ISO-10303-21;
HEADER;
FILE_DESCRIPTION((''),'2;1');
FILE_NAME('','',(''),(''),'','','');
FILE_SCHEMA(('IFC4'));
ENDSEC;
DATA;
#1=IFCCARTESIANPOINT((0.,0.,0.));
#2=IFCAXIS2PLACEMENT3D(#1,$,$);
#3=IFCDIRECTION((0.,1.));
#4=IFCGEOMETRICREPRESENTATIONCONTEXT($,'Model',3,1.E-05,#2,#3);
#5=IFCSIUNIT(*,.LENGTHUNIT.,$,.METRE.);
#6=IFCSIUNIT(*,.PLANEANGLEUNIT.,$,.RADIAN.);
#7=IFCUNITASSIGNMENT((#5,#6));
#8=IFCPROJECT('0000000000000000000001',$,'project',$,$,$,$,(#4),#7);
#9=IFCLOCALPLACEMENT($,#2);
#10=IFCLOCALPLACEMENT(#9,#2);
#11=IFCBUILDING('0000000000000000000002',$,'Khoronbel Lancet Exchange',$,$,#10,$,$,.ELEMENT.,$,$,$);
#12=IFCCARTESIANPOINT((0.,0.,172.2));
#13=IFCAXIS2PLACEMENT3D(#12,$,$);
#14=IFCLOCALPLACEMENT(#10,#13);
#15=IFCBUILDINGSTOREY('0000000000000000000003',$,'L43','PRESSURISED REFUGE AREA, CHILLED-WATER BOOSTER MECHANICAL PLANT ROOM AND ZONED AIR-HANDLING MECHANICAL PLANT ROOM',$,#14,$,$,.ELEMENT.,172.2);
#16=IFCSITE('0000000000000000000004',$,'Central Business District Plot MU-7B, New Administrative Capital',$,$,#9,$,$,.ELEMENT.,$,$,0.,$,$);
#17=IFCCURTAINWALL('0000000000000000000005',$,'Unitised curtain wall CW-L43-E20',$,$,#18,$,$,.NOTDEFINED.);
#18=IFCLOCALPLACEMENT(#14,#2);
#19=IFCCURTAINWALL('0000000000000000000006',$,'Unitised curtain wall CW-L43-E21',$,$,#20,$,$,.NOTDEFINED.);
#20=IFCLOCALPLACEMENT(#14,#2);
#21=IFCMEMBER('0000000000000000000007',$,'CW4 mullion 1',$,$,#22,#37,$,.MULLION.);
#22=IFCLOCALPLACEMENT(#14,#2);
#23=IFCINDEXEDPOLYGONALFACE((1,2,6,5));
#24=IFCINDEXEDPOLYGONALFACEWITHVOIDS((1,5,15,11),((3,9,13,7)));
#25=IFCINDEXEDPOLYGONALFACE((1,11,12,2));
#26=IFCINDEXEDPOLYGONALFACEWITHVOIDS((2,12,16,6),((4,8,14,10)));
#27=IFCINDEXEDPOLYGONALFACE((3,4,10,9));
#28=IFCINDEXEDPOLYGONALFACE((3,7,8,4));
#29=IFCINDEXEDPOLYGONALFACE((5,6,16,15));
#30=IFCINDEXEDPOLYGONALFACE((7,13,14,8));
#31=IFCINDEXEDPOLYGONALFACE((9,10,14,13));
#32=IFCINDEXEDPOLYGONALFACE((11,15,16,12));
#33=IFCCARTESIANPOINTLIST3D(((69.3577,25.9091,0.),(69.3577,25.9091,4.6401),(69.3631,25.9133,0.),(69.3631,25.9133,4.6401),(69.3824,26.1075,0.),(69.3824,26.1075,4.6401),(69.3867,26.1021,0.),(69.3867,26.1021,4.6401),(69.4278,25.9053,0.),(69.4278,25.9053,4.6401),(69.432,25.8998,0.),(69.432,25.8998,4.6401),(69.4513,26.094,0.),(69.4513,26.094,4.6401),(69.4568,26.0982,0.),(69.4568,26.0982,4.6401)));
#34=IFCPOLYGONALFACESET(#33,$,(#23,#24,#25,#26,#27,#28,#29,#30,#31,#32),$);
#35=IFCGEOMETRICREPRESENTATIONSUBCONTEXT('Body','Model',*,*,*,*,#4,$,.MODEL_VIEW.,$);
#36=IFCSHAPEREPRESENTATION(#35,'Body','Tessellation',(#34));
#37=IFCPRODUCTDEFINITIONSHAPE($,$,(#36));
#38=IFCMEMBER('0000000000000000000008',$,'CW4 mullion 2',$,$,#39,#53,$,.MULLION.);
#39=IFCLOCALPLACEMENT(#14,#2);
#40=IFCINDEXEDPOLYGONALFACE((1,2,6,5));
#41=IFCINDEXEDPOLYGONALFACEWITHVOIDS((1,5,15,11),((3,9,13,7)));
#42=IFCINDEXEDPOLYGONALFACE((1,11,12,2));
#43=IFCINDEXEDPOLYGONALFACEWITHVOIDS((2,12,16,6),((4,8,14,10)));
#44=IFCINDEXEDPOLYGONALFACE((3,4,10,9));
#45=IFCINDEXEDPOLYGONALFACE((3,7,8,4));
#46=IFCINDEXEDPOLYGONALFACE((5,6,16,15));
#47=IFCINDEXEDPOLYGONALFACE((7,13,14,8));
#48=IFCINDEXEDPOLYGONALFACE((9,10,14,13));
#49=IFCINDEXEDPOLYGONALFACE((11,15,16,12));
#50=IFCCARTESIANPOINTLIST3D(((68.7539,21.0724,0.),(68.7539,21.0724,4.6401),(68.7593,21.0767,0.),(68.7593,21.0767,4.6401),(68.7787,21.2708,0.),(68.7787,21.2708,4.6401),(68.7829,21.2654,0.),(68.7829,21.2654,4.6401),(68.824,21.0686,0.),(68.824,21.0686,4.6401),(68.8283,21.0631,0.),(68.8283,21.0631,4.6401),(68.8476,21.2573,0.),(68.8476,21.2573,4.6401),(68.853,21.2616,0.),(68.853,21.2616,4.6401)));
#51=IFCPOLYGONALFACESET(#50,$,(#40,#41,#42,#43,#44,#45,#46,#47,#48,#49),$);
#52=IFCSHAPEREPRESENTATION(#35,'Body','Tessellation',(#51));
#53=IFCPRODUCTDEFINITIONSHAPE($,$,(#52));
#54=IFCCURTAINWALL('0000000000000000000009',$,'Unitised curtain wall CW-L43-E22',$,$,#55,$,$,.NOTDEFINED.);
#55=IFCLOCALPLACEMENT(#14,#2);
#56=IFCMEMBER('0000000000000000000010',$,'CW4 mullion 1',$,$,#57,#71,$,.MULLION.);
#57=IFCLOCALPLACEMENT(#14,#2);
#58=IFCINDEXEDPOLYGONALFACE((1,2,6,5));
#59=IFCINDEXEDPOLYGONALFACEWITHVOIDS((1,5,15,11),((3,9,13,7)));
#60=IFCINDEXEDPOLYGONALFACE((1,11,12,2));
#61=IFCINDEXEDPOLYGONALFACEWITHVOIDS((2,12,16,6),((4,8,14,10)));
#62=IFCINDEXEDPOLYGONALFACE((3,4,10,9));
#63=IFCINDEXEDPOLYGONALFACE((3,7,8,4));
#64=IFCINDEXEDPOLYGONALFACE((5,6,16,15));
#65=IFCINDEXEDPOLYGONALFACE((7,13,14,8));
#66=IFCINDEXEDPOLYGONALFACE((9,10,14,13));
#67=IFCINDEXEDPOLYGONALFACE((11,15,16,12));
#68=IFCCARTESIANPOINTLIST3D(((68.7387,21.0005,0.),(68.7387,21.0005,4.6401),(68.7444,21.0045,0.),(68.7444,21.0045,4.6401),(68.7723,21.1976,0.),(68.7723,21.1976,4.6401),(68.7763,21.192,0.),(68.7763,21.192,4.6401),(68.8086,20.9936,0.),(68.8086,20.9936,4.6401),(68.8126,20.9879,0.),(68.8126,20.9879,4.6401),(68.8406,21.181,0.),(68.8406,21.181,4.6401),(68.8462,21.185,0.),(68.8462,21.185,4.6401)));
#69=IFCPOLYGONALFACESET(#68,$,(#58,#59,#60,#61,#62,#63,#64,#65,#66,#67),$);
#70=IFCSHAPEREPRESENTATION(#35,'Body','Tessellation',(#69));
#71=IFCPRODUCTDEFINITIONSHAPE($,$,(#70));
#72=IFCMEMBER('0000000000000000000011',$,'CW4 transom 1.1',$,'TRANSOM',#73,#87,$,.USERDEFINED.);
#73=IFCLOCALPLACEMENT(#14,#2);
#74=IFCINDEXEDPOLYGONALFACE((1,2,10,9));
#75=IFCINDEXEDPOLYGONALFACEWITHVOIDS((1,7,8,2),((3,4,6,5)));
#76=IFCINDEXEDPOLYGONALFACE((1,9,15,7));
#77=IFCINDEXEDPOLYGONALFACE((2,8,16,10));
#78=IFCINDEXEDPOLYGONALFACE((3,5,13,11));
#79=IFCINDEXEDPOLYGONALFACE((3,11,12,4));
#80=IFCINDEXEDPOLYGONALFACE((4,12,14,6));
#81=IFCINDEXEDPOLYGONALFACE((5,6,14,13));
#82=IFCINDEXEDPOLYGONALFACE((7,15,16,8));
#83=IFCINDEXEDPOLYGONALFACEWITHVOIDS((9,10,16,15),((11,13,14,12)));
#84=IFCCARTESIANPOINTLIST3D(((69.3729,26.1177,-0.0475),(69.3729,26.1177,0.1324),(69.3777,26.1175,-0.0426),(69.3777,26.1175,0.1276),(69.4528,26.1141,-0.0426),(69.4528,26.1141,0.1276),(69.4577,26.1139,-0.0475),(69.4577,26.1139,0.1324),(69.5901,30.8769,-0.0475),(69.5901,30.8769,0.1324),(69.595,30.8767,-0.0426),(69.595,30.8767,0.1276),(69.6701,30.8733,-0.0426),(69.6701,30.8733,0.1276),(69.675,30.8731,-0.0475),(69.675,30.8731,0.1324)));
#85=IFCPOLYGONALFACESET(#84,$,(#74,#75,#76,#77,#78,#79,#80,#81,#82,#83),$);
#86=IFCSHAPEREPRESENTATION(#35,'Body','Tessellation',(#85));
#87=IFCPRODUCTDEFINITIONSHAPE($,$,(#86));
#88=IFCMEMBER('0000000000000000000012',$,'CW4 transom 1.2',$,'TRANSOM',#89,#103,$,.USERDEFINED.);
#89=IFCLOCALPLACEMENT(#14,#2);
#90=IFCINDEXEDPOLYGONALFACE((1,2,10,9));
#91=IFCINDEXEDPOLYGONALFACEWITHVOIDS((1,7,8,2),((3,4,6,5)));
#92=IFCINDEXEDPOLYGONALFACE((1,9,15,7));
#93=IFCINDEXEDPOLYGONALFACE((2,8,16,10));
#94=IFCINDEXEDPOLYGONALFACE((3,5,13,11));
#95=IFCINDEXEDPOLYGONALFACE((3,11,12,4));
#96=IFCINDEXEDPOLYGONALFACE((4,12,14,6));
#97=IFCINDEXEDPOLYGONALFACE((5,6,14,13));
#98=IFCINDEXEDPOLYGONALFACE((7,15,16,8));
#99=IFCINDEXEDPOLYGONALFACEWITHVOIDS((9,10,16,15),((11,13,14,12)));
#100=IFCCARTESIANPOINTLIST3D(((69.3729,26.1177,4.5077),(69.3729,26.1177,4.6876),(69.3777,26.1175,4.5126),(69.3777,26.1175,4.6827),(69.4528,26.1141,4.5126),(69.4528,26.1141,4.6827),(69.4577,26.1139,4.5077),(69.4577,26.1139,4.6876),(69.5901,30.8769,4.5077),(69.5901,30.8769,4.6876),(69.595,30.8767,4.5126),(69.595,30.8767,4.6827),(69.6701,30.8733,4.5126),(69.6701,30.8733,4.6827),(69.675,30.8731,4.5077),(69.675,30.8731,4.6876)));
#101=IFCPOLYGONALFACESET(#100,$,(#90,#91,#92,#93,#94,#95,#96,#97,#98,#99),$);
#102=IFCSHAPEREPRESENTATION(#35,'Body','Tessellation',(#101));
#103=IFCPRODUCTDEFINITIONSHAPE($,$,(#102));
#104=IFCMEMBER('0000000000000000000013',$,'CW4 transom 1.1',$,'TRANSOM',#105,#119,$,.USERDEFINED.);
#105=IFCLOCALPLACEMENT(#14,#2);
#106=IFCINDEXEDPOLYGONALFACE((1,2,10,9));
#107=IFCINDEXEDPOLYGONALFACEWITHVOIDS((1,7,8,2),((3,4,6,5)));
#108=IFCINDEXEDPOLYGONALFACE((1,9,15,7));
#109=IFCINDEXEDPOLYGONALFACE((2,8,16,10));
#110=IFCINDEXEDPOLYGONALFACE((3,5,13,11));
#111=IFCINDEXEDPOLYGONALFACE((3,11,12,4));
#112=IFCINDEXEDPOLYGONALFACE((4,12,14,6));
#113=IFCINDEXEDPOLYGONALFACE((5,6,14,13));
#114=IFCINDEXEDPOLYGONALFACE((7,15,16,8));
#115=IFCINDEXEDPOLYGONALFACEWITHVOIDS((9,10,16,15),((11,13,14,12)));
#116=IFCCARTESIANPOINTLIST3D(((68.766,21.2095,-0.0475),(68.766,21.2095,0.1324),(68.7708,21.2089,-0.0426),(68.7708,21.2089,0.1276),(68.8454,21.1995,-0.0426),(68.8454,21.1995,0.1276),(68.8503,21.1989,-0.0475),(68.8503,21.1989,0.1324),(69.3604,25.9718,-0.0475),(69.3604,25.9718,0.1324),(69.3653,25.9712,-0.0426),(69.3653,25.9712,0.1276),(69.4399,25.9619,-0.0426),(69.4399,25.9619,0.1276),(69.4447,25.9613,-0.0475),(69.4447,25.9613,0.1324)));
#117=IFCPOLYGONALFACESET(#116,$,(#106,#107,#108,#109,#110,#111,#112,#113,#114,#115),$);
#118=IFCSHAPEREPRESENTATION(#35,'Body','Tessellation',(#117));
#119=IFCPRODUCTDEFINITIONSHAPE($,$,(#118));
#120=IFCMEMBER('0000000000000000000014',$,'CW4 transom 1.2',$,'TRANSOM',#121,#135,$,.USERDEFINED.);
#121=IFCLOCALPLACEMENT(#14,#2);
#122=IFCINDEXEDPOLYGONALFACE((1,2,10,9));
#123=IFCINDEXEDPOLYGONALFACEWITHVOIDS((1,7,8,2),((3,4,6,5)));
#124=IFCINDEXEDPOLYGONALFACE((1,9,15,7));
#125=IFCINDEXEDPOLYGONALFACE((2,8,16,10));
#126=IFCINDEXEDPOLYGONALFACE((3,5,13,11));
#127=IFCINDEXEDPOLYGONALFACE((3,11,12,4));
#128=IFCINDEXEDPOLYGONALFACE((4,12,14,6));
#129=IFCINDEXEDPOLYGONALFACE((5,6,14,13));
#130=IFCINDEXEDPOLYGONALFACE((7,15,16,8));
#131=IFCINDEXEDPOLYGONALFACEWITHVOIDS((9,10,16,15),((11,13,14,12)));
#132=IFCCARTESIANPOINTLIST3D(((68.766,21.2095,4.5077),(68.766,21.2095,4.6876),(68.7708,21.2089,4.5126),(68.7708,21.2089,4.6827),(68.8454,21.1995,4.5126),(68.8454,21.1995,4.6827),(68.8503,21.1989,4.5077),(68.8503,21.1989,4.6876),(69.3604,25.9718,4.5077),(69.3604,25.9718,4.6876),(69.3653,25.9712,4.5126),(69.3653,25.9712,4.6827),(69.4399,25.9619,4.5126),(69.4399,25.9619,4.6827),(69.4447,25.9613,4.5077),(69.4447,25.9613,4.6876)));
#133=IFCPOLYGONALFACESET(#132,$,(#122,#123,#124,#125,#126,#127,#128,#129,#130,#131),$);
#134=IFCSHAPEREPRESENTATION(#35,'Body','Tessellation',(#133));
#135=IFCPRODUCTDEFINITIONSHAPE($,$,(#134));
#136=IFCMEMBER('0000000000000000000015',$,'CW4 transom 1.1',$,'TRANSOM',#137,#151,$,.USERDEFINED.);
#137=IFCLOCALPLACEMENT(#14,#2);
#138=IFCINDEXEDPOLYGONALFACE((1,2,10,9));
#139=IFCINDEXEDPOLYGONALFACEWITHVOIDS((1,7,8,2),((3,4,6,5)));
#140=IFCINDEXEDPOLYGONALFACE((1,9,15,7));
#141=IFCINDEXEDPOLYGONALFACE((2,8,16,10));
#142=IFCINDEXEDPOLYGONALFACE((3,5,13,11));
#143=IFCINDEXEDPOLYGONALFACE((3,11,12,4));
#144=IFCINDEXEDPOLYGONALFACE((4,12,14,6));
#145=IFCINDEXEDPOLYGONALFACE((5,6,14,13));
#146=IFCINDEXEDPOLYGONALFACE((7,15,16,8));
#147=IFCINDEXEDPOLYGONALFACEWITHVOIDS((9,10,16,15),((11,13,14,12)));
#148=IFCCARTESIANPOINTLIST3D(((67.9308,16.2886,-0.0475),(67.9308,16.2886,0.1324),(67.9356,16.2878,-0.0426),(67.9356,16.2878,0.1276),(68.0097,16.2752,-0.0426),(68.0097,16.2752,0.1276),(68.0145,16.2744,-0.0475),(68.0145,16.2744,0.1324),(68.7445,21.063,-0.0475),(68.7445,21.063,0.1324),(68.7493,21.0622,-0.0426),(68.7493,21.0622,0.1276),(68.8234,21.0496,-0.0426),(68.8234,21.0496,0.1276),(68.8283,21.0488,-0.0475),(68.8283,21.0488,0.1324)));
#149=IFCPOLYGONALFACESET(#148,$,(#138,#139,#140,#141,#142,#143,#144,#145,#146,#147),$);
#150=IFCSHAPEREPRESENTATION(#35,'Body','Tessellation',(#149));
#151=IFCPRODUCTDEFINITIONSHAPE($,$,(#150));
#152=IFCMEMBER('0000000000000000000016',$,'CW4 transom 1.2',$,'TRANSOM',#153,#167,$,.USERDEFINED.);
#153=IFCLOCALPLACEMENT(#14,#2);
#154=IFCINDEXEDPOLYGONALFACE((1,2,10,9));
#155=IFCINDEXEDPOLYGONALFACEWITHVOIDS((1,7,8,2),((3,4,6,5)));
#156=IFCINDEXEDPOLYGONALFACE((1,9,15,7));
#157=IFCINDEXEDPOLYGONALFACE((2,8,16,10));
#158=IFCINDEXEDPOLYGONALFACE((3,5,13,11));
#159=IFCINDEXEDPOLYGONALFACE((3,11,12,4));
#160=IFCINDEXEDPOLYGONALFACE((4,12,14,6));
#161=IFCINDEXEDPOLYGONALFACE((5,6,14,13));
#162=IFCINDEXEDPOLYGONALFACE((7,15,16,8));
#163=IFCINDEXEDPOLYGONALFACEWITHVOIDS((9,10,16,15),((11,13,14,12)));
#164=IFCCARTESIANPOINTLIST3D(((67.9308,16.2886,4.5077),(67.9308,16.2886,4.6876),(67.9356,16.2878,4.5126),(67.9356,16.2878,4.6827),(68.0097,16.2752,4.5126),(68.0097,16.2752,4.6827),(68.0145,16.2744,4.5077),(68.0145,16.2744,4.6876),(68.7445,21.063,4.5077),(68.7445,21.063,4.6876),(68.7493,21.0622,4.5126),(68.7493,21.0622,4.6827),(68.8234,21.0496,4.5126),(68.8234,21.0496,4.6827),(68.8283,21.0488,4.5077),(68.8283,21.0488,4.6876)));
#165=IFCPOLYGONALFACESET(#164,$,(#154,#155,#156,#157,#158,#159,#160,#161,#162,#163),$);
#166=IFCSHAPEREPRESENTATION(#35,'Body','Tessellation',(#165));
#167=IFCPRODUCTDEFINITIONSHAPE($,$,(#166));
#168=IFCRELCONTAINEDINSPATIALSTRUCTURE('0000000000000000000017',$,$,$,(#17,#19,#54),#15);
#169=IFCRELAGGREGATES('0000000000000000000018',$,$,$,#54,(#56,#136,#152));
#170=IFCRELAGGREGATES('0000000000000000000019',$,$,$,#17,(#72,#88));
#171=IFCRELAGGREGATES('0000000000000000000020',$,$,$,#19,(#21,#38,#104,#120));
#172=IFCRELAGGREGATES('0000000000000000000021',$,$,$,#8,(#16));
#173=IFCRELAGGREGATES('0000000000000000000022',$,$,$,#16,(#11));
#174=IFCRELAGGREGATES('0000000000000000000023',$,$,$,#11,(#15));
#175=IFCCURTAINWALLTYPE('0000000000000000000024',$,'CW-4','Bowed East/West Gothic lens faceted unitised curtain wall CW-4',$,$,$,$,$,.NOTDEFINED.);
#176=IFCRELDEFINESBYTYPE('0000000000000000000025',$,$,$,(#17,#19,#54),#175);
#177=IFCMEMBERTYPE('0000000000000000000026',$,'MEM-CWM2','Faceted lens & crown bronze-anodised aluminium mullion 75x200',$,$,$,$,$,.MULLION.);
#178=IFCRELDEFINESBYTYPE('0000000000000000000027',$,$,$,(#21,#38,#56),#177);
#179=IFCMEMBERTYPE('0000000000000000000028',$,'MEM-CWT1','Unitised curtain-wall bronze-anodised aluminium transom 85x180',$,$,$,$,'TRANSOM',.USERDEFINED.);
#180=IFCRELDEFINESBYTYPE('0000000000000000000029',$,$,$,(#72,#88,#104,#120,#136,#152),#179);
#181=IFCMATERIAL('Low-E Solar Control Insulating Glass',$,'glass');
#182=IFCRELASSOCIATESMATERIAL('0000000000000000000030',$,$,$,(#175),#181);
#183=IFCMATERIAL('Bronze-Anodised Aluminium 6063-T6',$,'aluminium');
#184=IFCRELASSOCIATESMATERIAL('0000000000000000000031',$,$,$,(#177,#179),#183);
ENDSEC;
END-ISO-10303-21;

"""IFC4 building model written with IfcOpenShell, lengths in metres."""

from ifc_helpers import new_model, si_unit, direction, frame, origin, origin_2d, place, context, subcontext, project, spatial, hollow_rectangle, extrude, material, material_profile, profile_set, type_object, element, aggregate, save


model = new_model("IFC4")

# Units and contexts
model_context = context("Model", 3, precision=1e-05, world=origin(), true_north=direction((0.0, 1.0)))
body_context = subcontext(model_context, "Body", "Model", "MODEL_VIEW")
ifc_project = project(units=[si_unit("LENGTHUNIT", "METRE"), si_unit("PLANEANGLEUNIT", "RADIAN")], contexts=[model_context])

# Site, building, storey
site_placement = place(None, origin())
site = spatial("IfcSite", under=ifc_project, at=site_placement, Name="Central Business District Plot MU-7B, New Administrative Capital", CompositionType="ELEMENT", RefElevation=0.0)
building_placement = place(site_placement, origin())
building = spatial("IfcBuilding", under=site, at=building_placement, Name="Khoronbel Lancet Exchange", CompositionType="ELEMENT")
storey_placement = place(building_placement, frame((0.0, 0.0, 172.2)))
storey = spatial("IfcBuildingStorey", under=building, at=storey_placement, Name="L43", Description="PRESSURISED REFUGE AREA, CHILLED-WATER BOOSTER MECHANICAL PLANT ROOM AND ZONED AIR-HANDLING MECHANICAL PLANT ROOM", CompositionType="ELEMENT", Elevation=172.2)

# Shared definitions
ifc_material_1 = material(Name="Low-E Solar Control Insulating Glass", Category="glass")
curtain_wall_type = type_object("IfcCurtainWallType", Name="CW-4", Description="Bowed East/West Gothic lens faceted unitised curtain wall CW-4", PredefinedType="NOTDEFINED", material=ifc_material_1)
ifc_material_2 = material(Name="Bronze-Anodised Aluminium 6063-T6", Category="aluminium")
ifc_material_profile_1 = material_profile(ifc_material_2, hollow_rectangle(XDim=0.075, YDim=0.2, WallThickness=0.0049, at=origin_2d()), Name="ALU MULLION 75x200")
ifc_profile_set_1 = profile_set([ifc_material_profile_1], Name="Bronze-Anodised Aluminium 6063-T6")
member_type_1 = type_object("IfcMemberType", Name="MEM-CWM2", Description="Faceted lens & crown bronze-anodised aluminium mullion 75x200", PredefinedType="MULLION", material=ifc_profile_set_1)

# Curtain walls, members
curtain_wall_1_placement = place(storey_placement, origin())
curtain_wall_1 = element("IfcCurtainWall", 1, at=curtain_wall_1_placement, inside=storey, type_object=curtain_wall_type, Name="Unitised curtain wall CW-L43-E20", PredefinedType="NOTDEFINED")
curtain_wall_2_placement = place(storey_placement, origin())
curtain_wall_2 = element("IfcCurtainWall", 2, at=curtain_wall_2_placement, inside=storey, type_object=curtain_wall_type, Name="Unitised curtain wall CW-L43-E21", PredefinedType="NOTDEFINED")
member_1_placement = place(storey_placement, frame((69.4072, 26.0037, 0.0), z_axis=(0.0, 0.0, 1.0), x_axis=(0.992302, -0.123838, 0.0)))
member_1 = element("IfcMember", 3, at=member_1_placement, type_object=member_type_1, Name="CW4 mullion 1", PredefinedType="MULLION", context=body_context, shape_type="SweptSolid", body=[
    extrude(hollow_rectangle(XDim=0.075, YDim=0.2, WallThickness=0.0049, at=origin_2d()), origin(), (0.0, 0.0, 1.0), 4.6401),
])
member_2_placement = place(storey_placement, frame((68.8035, 21.167, 0.0), z_axis=(0.0, 0.0, 1.0), x_axis=(0.992302, -0.123838, 0.0)))
member_2 = element("IfcMember", 4, at=member_2_placement, type_object=member_type_1, Name="CW4 mullion 2", PredefinedType="MULLION", context=body_context, shape_type="SweptSolid", body=[
    extrude(hollow_rectangle(XDim=0.075, YDim=0.2, WallThickness=0.0049, at=origin_2d()), origin(), (0.0, 0.0, 1.0), 4.6401),
])

# Curtain wall, member
curtain_wall_3_placement = place(storey_placement, origin())
curtain_wall_3 = element("IfcCurtainWall", 5, at=curtain_wall_3_placement, inside=storey, type_object=curtain_wall_type, Name="Unitised curtain wall CW-L43-E22", PredefinedType="NOTDEFINED")
member_3_placement = place(storey_placement, frame((68.7925, 21.0928, 0.0), z_axis=(0.0, 0.0, 1.0), x_axis=(0.985785, -0.168009, 0.0)))
member_3 = element("IfcMember", 6, at=member_3_placement, type_object=member_type_1, Name="CW4 mullion 1", PredefinedType="MULLION", context=body_context, shape_type="SweptSolid", body=[
    extrude(hollow_rectangle(XDim=0.075, YDim=0.2, WallThickness=0.0049, at=origin_2d()), origin(), (0.0, 0.0, 1.0), 4.6401),
])

# Members
ifc_material_profile_2 = material_profile(ifc_material_2, hollow_rectangle(XDim=0.085, YDim=0.1799, WallThickness=0.0049, at=origin_2d()), Name="ALU TRANSOM 85x180")
ifc_profile_set_2 = profile_set([ifc_material_profile_2], Name="Bronze-Anodised Aluminium 6063-T6")
member_type_2 = type_object("IfcMemberType", Name="MEM-CWT1", Description="Unitised curtain-wall bronze-anodised aluminium transom 85x180", ElementType="TRANSOM", PredefinedType="USERDEFINED", material=ifc_profile_set_2)
member_4_placement = place(storey_placement, frame((69.6326, 30.875, 0.0425), z_axis=(-0.045608, -0.998959, 0.0), x_axis=(0.998959, -0.045608, 0.0)))
member_4 = element("IfcMember", 7, at=member_4_placement, type_object=member_type_2, Name="CW4 transom 1.1", ObjectType="TRANSOM", PredefinedType="USERDEFINED", context=body_context, shape_type="SweptSolid", body=[
    extrude(hollow_rectangle(XDim=0.085, YDim=0.1799, WallThickness=0.0049, at=origin_2d()), origin(), (0.0, 0.0, 1.0), 4.7642),
])
member_5_placement = place(storey_placement, frame((69.6326, 30.875, 4.5977), z_axis=(-0.045608, -0.998959, 0.0), x_axis=(0.998959, -0.045608, 0.0)))
member_5 = element("IfcMember", 8, at=member_5_placement, type_object=member_type_2, Name="CW4 transom 1.2", ObjectType="TRANSOM", PredefinedType="USERDEFINED", context=body_context, shape_type="SweptSolid", body=[
    extrude(hollow_rectangle(XDim=0.085, YDim=0.1799, WallThickness=0.0049, at=origin_2d()), origin(), (0.0, 0.0, 1.0), 4.7642),
])
member_6_placement = place(storey_placement, frame((69.4026, 25.9666, 0.0425), z_axis=(-0.123866, -0.992299, 0.0), x_axis=(0.992299, -0.123866, 0.0)))
member_6 = element("IfcMember", 9, at=member_6_placement, type_object=member_type_2, Name="CW4 transom 1.1", ObjectType="TRANSOM", PredefinedType="USERDEFINED", context=body_context, shape_type="SweptSolid", body=[
    extrude(hollow_rectangle(XDim=0.085, YDim=0.1799, WallThickness=0.0049, at=origin_2d()), origin(), (0.0, 0.0, 1.0), 4.7993),
])
member_7_placement = place(storey_placement, frame((69.4026, 25.9666, 4.5977), z_axis=(-0.123866, -0.992299, 0.0), x_axis=(0.992299, -0.123866, 0.0)))
member_7 = element("IfcMember", 10, at=member_7_placement, type_object=member_type_2, Name="CW4 transom 1.2", ObjectType="TRANSOM", PredefinedType="USERDEFINED", context=body_context, shape_type="SweptSolid", body=[
    extrude(hollow_rectangle(XDim=0.085, YDim=0.1799, WallThickness=0.0049, at=origin_2d()), origin(), (0.0, 0.0, 1.0), 4.7993),
])
member_8_placement = place(storey_placement, frame((68.7864, 21.0559, 0.0425), z_axis=(-0.168011, -0.985785, 0.0), x_axis=(0.985785, -0.168011, 0.0)))
member_8 = element("IfcMember", 11, at=member_8_placement, type_object=member_type_2, Name="CW4 transom 1.1", ObjectType="TRANSOM", PredefinedType="USERDEFINED", context=body_context, shape_type="SweptSolid", body=[
    extrude(hollow_rectangle(XDim=0.085, YDim=0.1799, WallThickness=0.0049, at=origin_2d()), origin(), (0.0, 0.0, 1.0), 4.8433),
])
member_9_placement = place(storey_placement, frame((68.7864, 21.0559, 4.5977), z_axis=(-0.168011, -0.985785, 0.0), x_axis=(0.985785, -0.168011, 0.0)))
member_9 = element("IfcMember", 12, at=member_9_placement, type_object=member_type_2, Name="CW4 transom 1.2", ObjectType="TRANSOM", PredefinedType="USERDEFINED", context=body_context, shape_type="SweptSolid", body=[
    extrude(hollow_rectangle(XDim=0.085, YDim=0.1799, WallThickness=0.0049, at=origin_2d()), origin(), (0.0, 0.0, 1.0), 4.8433),
])
aggregate(curtain_wall_3, [member_3, member_8, member_9])

aggregate(curtain_wall_1, [member_4, member_5])
aggregate(curtain_wall_2, [member_1, member_2, member_6, member_7])

save(model, "model.ifc")
